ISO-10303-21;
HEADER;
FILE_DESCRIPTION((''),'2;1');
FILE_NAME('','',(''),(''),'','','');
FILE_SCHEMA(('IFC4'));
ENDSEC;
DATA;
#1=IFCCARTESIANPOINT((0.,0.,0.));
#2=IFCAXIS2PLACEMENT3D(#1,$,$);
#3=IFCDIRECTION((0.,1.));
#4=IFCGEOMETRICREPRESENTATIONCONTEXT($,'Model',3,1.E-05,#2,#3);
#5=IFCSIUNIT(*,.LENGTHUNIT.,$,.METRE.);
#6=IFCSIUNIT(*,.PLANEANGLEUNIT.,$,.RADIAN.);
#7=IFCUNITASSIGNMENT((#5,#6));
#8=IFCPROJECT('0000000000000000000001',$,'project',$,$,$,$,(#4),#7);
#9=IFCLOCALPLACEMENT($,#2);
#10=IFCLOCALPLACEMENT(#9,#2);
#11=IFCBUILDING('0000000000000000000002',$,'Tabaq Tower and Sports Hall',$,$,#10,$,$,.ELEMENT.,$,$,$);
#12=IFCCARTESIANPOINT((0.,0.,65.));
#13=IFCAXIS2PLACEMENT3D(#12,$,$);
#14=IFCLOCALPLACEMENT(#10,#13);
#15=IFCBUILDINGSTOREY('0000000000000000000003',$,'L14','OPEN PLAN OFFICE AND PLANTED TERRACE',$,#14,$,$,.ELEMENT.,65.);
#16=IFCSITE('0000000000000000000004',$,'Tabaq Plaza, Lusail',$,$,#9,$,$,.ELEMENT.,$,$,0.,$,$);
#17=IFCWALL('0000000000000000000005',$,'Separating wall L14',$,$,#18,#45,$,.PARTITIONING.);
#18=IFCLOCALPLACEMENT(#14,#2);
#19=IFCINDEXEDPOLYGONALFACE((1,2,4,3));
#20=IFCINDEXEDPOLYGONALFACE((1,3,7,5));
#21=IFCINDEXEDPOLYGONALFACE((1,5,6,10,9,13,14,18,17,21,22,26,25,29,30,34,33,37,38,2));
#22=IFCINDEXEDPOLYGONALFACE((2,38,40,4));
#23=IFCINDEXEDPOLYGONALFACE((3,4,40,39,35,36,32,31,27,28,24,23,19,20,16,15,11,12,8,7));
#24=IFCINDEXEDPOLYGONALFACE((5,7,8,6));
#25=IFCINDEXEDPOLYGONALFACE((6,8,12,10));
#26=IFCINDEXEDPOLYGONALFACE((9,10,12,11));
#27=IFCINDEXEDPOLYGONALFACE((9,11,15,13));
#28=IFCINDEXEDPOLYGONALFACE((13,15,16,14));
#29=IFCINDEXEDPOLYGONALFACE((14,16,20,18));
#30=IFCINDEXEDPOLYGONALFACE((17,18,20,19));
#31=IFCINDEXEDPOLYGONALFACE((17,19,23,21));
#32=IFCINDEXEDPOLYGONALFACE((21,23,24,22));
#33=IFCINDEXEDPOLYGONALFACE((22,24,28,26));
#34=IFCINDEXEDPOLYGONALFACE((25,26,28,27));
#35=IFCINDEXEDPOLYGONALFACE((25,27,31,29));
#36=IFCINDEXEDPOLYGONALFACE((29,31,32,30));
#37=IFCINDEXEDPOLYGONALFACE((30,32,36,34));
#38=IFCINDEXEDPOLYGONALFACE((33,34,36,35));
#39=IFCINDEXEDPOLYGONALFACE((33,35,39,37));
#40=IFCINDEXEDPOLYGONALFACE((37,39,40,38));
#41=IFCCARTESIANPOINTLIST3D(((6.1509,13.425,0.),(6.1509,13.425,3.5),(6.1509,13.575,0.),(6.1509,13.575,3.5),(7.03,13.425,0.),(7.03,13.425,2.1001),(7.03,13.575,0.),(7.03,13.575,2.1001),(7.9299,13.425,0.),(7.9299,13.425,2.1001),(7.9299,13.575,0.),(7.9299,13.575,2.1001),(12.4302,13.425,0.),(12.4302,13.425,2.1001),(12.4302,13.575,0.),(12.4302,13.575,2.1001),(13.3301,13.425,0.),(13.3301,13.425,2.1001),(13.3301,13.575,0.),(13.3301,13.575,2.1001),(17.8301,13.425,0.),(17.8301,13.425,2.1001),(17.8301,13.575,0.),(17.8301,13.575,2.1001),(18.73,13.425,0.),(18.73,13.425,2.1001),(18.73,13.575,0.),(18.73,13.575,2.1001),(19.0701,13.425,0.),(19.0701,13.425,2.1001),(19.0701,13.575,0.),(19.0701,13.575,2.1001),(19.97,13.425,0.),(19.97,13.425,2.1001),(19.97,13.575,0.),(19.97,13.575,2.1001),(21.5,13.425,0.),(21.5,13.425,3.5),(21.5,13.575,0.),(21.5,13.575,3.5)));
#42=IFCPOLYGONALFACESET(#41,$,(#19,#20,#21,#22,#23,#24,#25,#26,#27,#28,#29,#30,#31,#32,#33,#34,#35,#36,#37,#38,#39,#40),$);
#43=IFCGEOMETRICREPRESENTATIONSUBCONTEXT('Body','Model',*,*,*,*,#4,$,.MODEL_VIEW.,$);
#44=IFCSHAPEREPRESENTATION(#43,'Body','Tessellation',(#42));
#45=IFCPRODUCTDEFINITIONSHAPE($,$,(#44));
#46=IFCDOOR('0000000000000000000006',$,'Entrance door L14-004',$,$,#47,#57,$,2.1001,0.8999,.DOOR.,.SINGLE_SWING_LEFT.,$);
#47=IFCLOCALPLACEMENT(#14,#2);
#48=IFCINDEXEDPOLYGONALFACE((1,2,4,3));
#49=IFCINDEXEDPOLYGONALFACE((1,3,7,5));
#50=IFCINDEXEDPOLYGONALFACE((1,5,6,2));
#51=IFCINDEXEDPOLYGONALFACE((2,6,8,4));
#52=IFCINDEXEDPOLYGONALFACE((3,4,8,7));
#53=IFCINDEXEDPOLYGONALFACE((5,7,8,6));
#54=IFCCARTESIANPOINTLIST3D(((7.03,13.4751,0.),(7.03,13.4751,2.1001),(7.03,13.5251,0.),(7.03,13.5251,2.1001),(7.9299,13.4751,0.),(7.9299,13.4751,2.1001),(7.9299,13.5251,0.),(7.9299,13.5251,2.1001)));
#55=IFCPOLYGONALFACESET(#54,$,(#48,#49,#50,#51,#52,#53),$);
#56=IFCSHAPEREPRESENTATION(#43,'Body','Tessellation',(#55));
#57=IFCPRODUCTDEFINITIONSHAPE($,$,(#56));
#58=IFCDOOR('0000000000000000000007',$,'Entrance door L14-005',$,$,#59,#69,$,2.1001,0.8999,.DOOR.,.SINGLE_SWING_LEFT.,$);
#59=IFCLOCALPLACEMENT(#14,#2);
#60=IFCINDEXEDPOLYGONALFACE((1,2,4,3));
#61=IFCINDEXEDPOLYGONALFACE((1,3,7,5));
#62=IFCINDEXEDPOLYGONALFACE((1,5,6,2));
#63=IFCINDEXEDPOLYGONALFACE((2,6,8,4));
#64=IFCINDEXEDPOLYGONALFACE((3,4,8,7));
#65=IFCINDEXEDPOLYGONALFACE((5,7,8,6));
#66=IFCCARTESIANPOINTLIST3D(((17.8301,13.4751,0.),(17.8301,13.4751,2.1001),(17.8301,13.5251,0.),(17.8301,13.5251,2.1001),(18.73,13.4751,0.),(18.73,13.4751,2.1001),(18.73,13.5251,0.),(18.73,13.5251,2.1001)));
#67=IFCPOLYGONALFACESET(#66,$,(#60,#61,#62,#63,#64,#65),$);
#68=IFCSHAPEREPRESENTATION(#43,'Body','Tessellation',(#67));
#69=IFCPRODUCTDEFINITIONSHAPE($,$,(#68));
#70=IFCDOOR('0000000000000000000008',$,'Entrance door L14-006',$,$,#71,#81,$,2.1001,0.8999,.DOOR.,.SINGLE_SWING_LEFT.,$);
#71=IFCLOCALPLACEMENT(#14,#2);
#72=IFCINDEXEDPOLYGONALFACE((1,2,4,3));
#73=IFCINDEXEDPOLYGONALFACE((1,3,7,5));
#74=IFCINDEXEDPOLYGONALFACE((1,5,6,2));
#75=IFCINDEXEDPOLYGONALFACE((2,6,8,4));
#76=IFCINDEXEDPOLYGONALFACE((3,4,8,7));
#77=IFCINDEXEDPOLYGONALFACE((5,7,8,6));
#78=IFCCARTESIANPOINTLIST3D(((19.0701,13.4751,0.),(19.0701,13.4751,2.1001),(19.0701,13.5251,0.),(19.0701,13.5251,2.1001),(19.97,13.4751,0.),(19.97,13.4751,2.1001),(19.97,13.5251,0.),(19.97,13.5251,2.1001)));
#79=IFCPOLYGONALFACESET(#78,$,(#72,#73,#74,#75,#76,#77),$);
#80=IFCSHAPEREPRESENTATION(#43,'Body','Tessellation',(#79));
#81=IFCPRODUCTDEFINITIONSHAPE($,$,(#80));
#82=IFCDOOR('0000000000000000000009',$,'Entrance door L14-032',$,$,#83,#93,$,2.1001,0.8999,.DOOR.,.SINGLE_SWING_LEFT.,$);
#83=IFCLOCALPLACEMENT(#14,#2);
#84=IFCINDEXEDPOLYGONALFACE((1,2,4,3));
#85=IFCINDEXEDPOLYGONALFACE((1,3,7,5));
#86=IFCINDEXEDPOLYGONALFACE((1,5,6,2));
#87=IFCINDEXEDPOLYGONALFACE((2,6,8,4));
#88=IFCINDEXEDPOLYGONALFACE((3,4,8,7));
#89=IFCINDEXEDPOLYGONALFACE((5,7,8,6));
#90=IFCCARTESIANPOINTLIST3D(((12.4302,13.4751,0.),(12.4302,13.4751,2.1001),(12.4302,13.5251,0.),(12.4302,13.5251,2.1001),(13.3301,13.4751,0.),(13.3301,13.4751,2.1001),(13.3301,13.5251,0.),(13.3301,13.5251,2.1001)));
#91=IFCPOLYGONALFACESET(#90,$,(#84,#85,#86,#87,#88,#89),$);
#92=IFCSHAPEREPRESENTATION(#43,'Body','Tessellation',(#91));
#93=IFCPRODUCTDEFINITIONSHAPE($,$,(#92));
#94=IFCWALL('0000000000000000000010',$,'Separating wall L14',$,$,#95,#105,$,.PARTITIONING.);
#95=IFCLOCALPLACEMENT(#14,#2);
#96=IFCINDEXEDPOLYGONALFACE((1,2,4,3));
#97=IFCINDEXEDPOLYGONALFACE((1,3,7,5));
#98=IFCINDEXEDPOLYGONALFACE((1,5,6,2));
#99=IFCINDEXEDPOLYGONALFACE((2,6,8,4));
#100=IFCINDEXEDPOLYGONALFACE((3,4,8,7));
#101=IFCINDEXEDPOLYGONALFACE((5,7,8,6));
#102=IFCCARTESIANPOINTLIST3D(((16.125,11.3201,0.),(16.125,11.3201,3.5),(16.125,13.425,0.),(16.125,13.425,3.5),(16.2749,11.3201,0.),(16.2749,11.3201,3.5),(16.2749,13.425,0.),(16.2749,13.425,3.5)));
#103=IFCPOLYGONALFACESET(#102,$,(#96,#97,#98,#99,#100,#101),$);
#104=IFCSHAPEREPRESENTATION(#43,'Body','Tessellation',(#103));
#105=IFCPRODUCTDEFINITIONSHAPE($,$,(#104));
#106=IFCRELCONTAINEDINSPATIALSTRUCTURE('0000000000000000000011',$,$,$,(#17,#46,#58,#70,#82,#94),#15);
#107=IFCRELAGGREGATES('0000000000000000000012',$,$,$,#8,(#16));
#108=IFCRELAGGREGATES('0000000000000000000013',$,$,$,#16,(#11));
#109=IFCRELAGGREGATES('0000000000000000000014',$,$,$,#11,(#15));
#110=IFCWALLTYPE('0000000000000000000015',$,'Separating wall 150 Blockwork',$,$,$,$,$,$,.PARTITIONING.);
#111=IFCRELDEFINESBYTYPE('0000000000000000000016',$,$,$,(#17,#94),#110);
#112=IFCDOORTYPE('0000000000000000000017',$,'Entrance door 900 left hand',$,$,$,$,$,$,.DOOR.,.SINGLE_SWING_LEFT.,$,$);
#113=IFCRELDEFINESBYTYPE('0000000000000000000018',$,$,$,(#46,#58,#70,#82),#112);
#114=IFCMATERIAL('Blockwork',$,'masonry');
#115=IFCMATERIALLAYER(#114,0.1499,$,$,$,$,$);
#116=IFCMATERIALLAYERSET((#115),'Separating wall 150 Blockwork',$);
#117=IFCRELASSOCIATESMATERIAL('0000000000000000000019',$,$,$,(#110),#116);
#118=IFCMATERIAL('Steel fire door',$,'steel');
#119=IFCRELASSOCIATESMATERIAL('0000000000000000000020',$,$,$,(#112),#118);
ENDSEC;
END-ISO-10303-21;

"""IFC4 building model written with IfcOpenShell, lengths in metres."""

from ifc_helpers import new_model, si_unit, direction, frame, frame_2d, origin, place, context, subcontext, project, spatial, rectangle, extrude, material, layer, layer_set, type_object, element, fill, save


model = new_model("IFC4")

# Units and contexts
model_context = context("Model", 3, precision=1e-05, world=origin(), true_north=direction((0.0, 1.0)))
body_context = subcontext(model_context, "Body", "Model", "MODEL_VIEW")
ifc_project = project(units=[si_unit("LENGTHUNIT", "METRE"), si_unit("PLANEANGLEUNIT", "RADIAN")], contexts=[model_context])

# Site, building, storey
site_placement = place(None, origin())
site = spatial("IfcSite", under=ifc_project, at=site_placement, Name="Tabaq Plaza, Lusail", CompositionType="ELEMENT", RefElevation=0.0)
building_placement = place(site_placement, origin())
building = spatial("IfcBuilding", under=site, at=building_placement, Name="Tabaq Tower and Sports Hall", CompositionType="ELEMENT")
storey_placement = place(building_placement, frame((0.0, 0.0, 65.0)))
storey = spatial("IfcBuildingStorey", under=building, at=storey_placement, Name="L14", Description="OPEN PLAN OFFICE AND PLANTED TERRACE", CompositionType="ELEMENT", Elevation=65.0)

# Wall, openings, doors
ifc_material_1 = material(Name="Blockwork", Category="masonry")
ifc_layer_1 = layer(ifc_material_1, 0.1499)
ifc_layer_set_1 = layer_set([ifc_layer_1], Name="Separating wall 150 Blockwork")
wall_type_1 = type_object("IfcWallType", Name="Separating wall 150 Blockwork", PredefinedType="PARTITIONING", material=ifc_layer_set_1)
wall_1_placement = place(storey_placement, frame((21.5, 13.5, 0.0), z_axis=(0.0, 0.0, 1.0), x_axis=(-1.0, 0.0, 0.0)))
wall_1 = element("IfcWall", 1, at=wall_1_placement, inside=storey, type_object=wall_type_1, Name="Separating wall L14", PredefinedType="PARTITIONING", context=body_context, shape_type="SweptSolid", body=[
    extrude(rectangle(XDim=15.3491, YDim=0.1499, at=frame_2d((7.6746, 0.0))), origin(), (0.0, 0.0, 1.0), 3.5),
])
opening_1_placement = place(wall_1_placement, frame((13.5701, 0.0, 0.0)))
opening_1 = element("IfcOpeningElement", 2, at=opening_1_placement, cuts=wall_1, PredefinedType="OPENING", context=body_context, shape_type="SweptSolid", body=[
    extrude(rectangle(XDim=0.8999, YDim=2.1001, at=frame_2d((0.45, 1.05))), frame((0.0, 0.075, 0.0), z_axis=(0.0, -1.0, 0.0), x_axis=(1.0, 0.0, 0.0)), (0.0, 0.0, 1.0), 0.1499),
])
opening_2_placement = place(wall_1_placement, frame((2.77, 0.0, 0.0)))
opening_2 = element("IfcOpeningElement", 3, at=opening_2_placement, cuts=wall_1, PredefinedType="OPENING", context=body_context, shape_type="SweptSolid", body=[
    extrude(rectangle(XDim=0.8999, YDim=2.1001, at=frame_2d((0.45, 1.05))), frame((0.0, 0.075, 0.0), z_axis=(0.0, -1.0, 0.0), x_axis=(1.0, 0.0, 0.0)), (0.0, 0.0, 1.0), 0.1499),
])
opening_3_placement = place(wall_1_placement, frame((1.53, 0.0, 0.0)))
opening_3 = element("IfcOpeningElement", 4, at=opening_3_placement, cuts=wall_1, PredefinedType="OPENING", context=body_context, shape_type="SweptSolid", body=[
    extrude(rectangle(XDim=0.8999, YDim=2.1001, at=frame_2d((0.45, 1.05))), frame((0.0, 0.075, 0.0), z_axis=(0.0, -1.0, 0.0), x_axis=(1.0, 0.0, 0.0)), (0.0, 0.0, 1.0), 0.1499),
])
opening_4_placement = place(wall_1_placement, frame((8.1699, 0.0, 0.0)))
opening_4 = element("IfcOpeningElement", 5, at=opening_4_placement, cuts=wall_1, PredefinedType="OPENING", context=body_context, shape_type="SweptSolid", body=[
    extrude(rectangle(XDim=0.8999, YDim=2.1001, at=frame_2d((0.45, 1.05))), frame((0.0, 0.075, 0.0), z_axis=(0.0, -1.0, 0.0), x_axis=(1.0, 0.0, 0.0)), (0.0, 0.0, 1.0), 0.1499),
])
ifc_material_2 = material(Name="Steel fire door", Category="steel")
door_type_1 = type_object("IfcDoorType", Name="Entrance door 900 left hand", OperationType="SINGLE_SWING_LEFT", PredefinedType="DOOR", material=ifc_material_2)
door_1_placement = place(opening_1_placement, origin())
door_1 = element("IfcDoor", 6, at=door_1_placement, inside=storey, type_object=door_type_1, Name="Entrance door L14-004", OperationType="SINGLE_SWING_LEFT", OverallHeight=2.1001, OverallWidth=0.8999, PredefinedType="DOOR", context=body_context, shape_type="SweptSolid", body=[
    extrude(rectangle(XDim=0.8999, YDim=2.1001, at=frame_2d((0.45, 1.05))), frame((0.0, 0.0249, 0.0), z_axis=(0.0, -1.0, 0.0), x_axis=(1.0, 0.0, 0.0)), (0.0, 0.0, 1.0), 0.05),
])
fill(opening_1, door_1)
door_2_placement = place(opening_2_placement, origin())
door_2 = element("IfcDoor", 7, at=door_2_placement, inside=storey, type_object=door_type_1, Name="Entrance door L14-005", OperationType="SINGLE_SWING_LEFT", OverallHeight=2.1001, OverallWidth=0.8999, PredefinedType="DOOR", context=body_context, shape_type="SweptSolid", body=[
    extrude(rectangle(XDim=0.8999, YDim=2.1001, at=frame_2d((0.45, 1.05))), frame((0.0, 0.0249, 0.0), z_axis=(0.0, -1.0, 0.0), x_axis=(1.0, 0.0, 0.0)), (0.0, 0.0, 1.0), 0.05),
])
fill(opening_2, door_2)
door_3_placement = place(opening_3_placement, origin())
door_3 = element("IfcDoor", 8, at=door_3_placement, inside=storey, type_object=door_type_1, Name="Entrance door L14-006", OperationType="SINGLE_SWING_LEFT", OverallHeight=2.1001, OverallWidth=0.8999, PredefinedType="DOOR", context=body_context, shape_type="SweptSolid", body=[
    extrude(rectangle(XDim=0.8999, YDim=2.1001, at=frame_2d((0.45, 1.05))), frame((0.0, 0.0249, 0.0), z_axis=(0.0, -1.0, 0.0), x_axis=(1.0, 0.0, 0.0)), (0.0, 0.0, 1.0), 0.05),
])
fill(opening_3, door_3)
door_4_placement = place(opening_4_placement, origin())
door_4 = element("IfcDoor", 9, at=door_4_placement, inside=storey, type_object=door_type_1, Name="Entrance door L14-032", OperationType="SINGLE_SWING_LEFT", OverallHeight=2.1001, OverallWidth=0.8999, PredefinedType="DOOR", context=body_context, shape_type="SweptSolid", body=[
    extrude(rectangle(XDim=0.8999, YDim=2.1001, at=frame_2d((0.45, 1.05))), frame((0.0, 0.0249, 0.0), z_axis=(0.0, -1.0, 0.0), x_axis=(1.0, 0.0, 0.0)), (0.0, 0.0, 1.0), 0.05),
])
fill(opening_4, door_4)

# Wall
wall_2_placement = place(storey_placement, frame((16.2, 11.3201, 0.0), z_axis=(0.0, 0.0, 1.0), x_axis=(0.0, 1.0, 0.0)))
element("IfcWall", 10, at=wall_2_placement, inside=storey, type_object=wall_type_1, Name="Separating wall L14", PredefinedType="PARTITIONING", context=body_context, shape_type="SweptSolid", body=[
    extrude(rectangle(XDim=2.105, YDim=0.1499, at=frame_2d((1.0525, 0.0))), origin(), (0.0, 0.0, 1.0), 3.5),
])

save(model, "model.ifc")
